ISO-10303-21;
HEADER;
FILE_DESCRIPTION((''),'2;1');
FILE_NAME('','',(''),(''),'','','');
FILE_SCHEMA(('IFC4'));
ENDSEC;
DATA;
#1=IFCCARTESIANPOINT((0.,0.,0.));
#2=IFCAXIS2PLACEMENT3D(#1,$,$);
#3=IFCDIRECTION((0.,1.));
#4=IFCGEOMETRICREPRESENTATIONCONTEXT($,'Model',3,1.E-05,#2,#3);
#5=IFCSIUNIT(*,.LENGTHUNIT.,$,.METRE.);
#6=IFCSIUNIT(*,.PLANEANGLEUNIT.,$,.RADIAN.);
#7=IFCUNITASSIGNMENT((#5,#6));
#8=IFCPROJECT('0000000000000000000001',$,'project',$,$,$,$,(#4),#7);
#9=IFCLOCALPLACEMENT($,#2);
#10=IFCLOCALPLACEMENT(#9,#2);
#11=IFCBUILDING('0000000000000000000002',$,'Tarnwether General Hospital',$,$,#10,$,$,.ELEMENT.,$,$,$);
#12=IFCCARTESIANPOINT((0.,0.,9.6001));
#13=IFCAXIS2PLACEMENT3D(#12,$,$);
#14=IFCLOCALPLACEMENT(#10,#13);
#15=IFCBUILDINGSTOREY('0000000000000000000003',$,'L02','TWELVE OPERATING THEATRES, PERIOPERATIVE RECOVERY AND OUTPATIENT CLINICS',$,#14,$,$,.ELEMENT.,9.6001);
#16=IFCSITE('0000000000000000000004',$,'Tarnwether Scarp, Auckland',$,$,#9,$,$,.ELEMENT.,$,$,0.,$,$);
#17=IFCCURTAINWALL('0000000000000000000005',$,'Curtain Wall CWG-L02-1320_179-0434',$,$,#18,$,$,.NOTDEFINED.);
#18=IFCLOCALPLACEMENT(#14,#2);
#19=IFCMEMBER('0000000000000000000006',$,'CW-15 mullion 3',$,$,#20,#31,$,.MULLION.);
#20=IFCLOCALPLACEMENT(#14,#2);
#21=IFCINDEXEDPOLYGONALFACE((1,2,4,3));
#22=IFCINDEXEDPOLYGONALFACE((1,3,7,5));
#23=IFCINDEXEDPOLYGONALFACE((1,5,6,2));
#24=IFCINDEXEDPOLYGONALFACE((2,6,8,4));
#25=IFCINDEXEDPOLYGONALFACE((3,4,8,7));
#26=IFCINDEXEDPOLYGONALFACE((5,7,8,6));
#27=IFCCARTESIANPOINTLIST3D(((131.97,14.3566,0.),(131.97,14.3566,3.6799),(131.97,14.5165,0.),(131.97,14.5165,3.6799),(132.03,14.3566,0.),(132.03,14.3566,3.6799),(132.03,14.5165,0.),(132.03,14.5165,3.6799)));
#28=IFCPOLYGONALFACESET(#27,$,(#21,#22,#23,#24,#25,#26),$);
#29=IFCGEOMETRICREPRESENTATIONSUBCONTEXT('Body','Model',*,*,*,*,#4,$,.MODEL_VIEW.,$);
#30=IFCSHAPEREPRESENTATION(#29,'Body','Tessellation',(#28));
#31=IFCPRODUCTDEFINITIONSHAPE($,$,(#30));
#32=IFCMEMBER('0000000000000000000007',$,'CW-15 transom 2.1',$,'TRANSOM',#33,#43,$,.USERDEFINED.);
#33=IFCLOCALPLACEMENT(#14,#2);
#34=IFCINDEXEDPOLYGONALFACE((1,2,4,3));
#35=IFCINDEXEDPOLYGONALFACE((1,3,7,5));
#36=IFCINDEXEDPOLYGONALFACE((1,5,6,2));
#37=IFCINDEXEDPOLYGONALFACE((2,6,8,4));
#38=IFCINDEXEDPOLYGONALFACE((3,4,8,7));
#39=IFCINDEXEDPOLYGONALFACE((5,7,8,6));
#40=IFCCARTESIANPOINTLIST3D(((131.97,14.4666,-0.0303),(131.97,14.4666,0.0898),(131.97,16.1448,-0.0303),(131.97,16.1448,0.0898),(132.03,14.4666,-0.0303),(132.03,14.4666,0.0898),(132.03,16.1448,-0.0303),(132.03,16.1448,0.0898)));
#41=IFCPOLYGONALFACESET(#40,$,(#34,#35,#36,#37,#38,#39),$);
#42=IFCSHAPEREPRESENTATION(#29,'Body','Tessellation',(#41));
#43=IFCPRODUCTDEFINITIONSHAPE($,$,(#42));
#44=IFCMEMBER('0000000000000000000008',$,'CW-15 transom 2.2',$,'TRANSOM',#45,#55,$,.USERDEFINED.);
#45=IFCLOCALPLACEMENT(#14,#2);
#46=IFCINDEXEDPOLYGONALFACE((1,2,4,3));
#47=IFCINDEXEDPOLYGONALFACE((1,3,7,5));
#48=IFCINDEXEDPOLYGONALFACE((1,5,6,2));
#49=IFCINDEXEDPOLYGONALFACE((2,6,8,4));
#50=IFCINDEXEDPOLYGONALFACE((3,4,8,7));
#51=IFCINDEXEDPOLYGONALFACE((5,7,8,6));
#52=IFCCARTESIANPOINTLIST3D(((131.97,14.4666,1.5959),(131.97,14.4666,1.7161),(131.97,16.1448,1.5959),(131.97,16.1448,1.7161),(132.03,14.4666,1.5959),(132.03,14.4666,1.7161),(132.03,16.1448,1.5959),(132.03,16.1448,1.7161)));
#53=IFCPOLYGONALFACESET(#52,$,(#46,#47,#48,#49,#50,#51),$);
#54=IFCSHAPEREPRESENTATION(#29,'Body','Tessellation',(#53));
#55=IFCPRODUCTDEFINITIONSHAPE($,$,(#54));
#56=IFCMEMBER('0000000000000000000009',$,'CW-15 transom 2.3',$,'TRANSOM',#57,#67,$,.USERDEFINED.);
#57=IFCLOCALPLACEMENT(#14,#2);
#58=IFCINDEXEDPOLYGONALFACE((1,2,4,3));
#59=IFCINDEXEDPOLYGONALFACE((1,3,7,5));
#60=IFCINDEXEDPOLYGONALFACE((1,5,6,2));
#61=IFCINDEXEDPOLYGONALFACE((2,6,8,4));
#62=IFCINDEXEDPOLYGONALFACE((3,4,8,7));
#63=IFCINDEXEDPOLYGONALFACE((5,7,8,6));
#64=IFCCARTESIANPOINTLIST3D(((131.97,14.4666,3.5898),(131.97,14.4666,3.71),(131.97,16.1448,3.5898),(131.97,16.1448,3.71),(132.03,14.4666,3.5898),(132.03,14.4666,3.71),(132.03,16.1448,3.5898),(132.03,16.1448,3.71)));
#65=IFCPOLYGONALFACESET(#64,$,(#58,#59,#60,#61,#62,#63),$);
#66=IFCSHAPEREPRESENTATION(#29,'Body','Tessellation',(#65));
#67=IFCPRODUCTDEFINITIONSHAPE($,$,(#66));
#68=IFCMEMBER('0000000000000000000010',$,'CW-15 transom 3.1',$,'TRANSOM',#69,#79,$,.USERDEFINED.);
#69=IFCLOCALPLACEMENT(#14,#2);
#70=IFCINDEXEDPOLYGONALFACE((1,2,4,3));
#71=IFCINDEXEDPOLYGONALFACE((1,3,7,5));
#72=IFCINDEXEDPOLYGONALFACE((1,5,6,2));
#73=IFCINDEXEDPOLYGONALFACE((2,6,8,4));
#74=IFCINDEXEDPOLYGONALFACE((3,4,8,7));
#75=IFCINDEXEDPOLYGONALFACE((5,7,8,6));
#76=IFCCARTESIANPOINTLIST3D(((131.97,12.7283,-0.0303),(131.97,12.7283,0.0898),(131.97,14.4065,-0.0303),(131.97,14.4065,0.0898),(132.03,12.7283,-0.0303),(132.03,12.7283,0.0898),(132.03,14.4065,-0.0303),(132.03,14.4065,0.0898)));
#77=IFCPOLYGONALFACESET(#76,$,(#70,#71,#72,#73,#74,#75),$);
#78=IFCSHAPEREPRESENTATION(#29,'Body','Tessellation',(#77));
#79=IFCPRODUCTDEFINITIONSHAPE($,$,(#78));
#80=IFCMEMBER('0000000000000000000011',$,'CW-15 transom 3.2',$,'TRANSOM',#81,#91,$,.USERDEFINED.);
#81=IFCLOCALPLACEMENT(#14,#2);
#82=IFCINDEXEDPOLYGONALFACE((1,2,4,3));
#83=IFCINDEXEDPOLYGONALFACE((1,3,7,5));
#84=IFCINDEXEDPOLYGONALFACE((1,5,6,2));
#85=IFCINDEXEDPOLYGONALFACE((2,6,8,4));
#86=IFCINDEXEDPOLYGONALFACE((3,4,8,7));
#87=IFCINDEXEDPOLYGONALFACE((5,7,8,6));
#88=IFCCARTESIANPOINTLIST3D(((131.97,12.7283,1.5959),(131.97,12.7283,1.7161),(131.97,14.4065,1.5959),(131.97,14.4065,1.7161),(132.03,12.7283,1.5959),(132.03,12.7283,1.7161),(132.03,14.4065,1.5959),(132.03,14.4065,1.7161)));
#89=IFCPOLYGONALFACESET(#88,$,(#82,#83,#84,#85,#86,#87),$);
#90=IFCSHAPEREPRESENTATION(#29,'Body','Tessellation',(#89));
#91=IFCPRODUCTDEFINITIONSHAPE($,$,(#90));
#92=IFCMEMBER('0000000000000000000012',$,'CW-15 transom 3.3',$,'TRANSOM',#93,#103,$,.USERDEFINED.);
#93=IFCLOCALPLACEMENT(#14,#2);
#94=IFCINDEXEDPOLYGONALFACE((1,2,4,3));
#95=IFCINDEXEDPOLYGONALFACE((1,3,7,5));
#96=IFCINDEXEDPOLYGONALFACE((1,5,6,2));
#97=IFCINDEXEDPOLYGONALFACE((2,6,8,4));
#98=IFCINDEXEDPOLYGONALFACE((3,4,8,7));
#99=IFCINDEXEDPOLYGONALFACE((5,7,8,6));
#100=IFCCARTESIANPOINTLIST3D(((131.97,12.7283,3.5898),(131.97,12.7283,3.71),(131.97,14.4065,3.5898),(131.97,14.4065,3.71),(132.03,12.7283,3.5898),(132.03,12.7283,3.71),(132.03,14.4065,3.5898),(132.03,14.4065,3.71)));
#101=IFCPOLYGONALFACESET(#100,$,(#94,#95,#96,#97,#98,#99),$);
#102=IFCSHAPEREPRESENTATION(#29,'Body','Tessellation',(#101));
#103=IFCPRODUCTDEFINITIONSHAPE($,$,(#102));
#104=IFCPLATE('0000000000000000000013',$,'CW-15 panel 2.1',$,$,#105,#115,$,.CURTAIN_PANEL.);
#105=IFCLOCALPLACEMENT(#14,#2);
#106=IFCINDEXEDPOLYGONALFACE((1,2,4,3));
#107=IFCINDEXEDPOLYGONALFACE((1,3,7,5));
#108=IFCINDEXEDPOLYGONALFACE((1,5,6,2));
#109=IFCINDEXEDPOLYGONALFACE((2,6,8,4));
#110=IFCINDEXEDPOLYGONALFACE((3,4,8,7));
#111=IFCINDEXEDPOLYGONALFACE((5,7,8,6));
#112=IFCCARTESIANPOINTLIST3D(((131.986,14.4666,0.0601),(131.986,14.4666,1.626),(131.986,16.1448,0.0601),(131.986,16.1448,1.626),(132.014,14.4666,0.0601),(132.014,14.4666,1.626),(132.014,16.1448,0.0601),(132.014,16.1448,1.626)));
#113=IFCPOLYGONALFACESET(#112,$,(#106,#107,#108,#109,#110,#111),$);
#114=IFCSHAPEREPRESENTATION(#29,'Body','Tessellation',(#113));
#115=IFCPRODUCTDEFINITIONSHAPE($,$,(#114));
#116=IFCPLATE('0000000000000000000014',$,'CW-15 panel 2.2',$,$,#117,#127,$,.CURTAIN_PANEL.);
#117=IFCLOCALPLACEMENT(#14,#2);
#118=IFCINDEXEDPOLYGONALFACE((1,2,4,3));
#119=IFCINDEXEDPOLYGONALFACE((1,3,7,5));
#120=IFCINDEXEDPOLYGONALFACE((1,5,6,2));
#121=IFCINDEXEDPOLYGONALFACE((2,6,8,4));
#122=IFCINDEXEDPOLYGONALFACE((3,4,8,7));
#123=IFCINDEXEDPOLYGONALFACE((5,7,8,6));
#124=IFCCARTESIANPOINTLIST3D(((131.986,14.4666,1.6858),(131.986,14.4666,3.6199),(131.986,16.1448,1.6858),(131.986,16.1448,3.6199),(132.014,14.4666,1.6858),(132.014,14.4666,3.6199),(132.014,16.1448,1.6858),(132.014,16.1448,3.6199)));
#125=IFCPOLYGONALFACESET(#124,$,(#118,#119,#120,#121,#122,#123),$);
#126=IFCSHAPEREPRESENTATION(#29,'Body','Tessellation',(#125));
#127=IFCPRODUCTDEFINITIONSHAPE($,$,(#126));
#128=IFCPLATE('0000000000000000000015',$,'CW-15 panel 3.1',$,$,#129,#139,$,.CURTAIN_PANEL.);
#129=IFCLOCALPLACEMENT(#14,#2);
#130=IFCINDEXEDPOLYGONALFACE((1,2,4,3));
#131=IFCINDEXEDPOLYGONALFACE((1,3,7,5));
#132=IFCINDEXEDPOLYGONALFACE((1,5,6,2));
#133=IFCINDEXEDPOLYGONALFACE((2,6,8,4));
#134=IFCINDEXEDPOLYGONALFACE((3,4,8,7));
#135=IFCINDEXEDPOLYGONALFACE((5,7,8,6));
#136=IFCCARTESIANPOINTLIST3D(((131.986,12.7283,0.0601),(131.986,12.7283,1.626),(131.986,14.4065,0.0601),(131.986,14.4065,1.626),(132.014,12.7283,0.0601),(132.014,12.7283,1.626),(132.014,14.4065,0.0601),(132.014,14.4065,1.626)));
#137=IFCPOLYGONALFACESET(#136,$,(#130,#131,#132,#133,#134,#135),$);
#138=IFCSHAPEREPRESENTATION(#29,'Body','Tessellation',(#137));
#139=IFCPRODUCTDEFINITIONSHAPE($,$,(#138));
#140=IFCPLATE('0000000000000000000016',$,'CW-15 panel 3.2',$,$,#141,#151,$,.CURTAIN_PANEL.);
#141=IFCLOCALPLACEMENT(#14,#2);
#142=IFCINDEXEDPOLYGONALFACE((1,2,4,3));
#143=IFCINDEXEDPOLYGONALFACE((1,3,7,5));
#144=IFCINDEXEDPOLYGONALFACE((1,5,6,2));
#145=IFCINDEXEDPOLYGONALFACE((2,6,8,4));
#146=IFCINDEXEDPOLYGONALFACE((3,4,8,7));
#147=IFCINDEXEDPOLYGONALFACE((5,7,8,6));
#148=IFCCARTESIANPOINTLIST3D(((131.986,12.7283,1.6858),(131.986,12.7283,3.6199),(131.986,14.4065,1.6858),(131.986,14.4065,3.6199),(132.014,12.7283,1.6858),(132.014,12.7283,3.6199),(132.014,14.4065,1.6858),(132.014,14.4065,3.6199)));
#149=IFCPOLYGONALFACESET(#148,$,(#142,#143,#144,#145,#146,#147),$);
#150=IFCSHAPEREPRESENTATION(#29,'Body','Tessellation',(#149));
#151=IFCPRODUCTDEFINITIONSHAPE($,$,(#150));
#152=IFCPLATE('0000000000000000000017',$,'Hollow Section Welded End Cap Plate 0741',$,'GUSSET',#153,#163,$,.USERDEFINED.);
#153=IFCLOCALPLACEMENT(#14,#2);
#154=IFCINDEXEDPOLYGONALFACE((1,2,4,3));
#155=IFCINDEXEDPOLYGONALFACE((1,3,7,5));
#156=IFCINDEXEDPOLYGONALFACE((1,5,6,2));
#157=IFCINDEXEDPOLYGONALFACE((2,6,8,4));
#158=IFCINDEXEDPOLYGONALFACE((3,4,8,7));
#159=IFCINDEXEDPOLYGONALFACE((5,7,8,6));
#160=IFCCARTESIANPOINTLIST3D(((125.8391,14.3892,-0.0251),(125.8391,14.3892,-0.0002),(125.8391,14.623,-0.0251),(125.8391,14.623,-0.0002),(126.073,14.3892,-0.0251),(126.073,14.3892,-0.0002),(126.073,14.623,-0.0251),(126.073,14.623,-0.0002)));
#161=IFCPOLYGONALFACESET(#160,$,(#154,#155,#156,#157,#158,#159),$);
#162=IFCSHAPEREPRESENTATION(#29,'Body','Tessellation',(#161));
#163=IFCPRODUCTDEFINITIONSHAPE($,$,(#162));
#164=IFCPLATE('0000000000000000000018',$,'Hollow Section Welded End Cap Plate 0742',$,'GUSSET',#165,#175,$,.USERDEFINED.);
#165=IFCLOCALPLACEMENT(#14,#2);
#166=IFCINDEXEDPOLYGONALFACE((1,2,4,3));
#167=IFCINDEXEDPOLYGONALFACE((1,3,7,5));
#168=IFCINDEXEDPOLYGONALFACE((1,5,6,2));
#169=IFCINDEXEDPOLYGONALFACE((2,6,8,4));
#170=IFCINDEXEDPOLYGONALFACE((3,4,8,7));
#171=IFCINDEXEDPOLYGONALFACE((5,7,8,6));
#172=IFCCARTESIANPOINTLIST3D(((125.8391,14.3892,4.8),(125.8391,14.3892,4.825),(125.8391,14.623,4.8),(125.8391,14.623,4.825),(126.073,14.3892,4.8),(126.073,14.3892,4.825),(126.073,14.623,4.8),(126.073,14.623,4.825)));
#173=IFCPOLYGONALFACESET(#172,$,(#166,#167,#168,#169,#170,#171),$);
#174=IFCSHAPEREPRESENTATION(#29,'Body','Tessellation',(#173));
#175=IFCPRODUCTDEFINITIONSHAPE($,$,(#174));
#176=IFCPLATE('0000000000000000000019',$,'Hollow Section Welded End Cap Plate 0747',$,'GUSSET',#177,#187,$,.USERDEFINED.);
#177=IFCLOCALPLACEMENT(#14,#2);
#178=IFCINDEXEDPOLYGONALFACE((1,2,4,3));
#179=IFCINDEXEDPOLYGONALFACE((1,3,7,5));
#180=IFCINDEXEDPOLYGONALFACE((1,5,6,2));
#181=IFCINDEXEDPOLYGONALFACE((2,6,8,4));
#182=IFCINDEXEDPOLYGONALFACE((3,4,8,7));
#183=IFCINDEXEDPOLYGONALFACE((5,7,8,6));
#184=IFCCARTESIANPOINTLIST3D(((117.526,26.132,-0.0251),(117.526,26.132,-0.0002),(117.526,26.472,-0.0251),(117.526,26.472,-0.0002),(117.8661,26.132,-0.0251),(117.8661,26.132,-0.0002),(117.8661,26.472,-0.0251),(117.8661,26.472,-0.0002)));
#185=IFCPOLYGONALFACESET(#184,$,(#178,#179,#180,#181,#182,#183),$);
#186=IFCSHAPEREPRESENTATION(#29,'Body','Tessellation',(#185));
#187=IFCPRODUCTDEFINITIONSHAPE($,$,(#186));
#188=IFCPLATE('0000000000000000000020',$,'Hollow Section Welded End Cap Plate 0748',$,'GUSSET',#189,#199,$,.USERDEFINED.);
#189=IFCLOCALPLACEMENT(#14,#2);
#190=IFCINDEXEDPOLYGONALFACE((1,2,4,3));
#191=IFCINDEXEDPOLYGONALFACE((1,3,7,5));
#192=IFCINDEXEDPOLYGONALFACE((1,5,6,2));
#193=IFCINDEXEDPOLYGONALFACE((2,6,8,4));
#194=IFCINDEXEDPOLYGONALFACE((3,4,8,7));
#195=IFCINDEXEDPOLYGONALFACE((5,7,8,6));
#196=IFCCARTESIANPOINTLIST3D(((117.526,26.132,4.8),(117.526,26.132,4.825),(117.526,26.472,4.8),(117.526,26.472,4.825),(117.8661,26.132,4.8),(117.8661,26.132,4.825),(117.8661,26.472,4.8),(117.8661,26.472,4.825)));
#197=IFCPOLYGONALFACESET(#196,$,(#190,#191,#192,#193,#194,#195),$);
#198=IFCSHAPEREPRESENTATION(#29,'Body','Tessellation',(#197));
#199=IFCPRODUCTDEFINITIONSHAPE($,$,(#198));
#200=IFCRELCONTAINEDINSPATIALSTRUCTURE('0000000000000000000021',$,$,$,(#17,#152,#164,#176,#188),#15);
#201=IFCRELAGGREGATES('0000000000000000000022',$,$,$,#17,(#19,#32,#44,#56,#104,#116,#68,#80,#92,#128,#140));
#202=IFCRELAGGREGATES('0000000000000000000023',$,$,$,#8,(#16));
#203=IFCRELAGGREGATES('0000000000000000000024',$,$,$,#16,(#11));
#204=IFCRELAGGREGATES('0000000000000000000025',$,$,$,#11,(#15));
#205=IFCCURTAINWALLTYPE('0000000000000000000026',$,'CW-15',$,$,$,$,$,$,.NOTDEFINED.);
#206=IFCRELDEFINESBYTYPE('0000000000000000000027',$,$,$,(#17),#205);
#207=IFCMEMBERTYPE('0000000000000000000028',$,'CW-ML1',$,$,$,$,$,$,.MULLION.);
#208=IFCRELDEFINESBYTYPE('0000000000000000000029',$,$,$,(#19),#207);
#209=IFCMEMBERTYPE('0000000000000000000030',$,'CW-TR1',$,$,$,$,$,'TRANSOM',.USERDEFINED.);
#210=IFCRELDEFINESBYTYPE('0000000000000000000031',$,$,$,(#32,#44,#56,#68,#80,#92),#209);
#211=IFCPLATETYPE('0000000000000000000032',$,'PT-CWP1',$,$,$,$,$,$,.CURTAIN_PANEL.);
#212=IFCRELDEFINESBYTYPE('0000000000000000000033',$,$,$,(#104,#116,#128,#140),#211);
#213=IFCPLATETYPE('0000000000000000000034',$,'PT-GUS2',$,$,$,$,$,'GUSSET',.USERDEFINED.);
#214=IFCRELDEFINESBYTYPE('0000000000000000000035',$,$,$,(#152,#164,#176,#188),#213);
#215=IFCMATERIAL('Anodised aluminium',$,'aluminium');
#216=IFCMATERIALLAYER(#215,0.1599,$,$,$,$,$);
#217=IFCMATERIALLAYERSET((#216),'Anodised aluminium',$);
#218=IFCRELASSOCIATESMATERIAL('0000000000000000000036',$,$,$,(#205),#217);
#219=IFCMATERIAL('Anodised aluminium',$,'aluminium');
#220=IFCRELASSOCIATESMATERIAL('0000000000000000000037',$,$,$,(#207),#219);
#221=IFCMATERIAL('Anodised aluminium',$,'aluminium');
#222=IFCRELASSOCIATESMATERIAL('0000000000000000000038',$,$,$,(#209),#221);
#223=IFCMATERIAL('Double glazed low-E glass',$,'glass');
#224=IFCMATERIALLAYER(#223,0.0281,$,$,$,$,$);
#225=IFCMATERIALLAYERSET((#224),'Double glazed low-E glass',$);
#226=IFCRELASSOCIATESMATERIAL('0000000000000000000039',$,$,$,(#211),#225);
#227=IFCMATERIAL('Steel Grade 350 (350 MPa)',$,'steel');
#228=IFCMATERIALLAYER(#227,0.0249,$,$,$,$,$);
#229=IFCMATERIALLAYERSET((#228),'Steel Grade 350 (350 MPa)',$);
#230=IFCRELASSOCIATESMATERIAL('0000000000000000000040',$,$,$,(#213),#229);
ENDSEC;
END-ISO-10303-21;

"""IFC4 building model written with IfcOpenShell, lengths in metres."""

from ifc_helpers import new_model, si_unit, direction, frame, origin, origin_2d, place, context, subcontext, project, spatial, rectangle, extrude, material, layer, layer_set, material_profile, profile_set, type_object, element, aggregate, save


model = new_model("IFC4")

# Units and contexts
model_context = context("Model", 3, precision=1e-05, world=origin(), true_north=direction((0.0, 1.0)))
body_context = subcontext(model_context, "Body", "Model", "MODEL_VIEW")
ifc_project = project(units=[si_unit("LENGTHUNIT", "METRE"), si_unit("PLANEANGLEUNIT", "RADIAN")], contexts=[model_context])

# Site, building, storey
site_placement = place(None, origin())
site = spatial("IfcSite", under=ifc_project, at=site_placement, Name="Tarnwether Scarp, Auckland", CompositionType="ELEMENT", RefElevation=0.0)
building_placement = place(site_placement, origin())
building = spatial("IfcBuilding", under=site, at=building_placement, Name="Tarnwether General Hospital", CompositionType="ELEMENT")
storey_placement = place(building_placement, frame((0.0, 0.0, 9.6001)))
storey = spatial("IfcBuildingStorey", under=building, at=storey_placement, Name="L02", Description="TWELVE OPERATING THEATRES, PERIOPERATIVE RECOVERY AND OUTPATIENT CLINICS", CompositionType="ELEMENT", Elevation=9.6001)

# Curtain wall, members, plates
ifc_material_1 = material(Name="Anodised aluminium", Category="aluminium")
ifc_layer_1 = layer(ifc_material_1, 0.1599)
ifc_layer_set_1 = layer_set([ifc_layer_1], Name="Anodised aluminium")
curtain_wall_type = type_object("IfcCurtainWallType", Name="CW-15", PredefinedType="NOTDEFINED", material=ifc_layer_set_1)
curtain_wall_placement = place(storey_placement, origin())
curtain_wall = element("IfcCurtainWall", 1, at=curtain_wall_placement, inside=storey, type_object=curtain_wall_type, Name="Curtain Wall CWG-L02-1320_179-0434", PredefinedType="NOTDEFINED")
ifc_material_2 = material(Name="Anodised aluminium", Category="aluminium")
ifc_material_profile_1 = material_profile(ifc_material_2, rectangle(XDim=0.0601, YDim=0.1599, at=origin_2d()), Name="ALU-MUL-60x160")
ifc_profile_set_1 = profile_set([ifc_material_profile_1], Name="Anodised aluminium")
member_type_1 = type_object("IfcMemberType", Name="CW-ML1", PredefinedType="MULLION", material=ifc_profile_set_1)
member_1_placement = place(storey_placement, frame((132.0, 14.4365, 0.0), z_axis=(0.0, 0.0, 1.0), x_axis=(1.0, 0.0, 0.0)))
member_1 = element("IfcMember", 2, at=member_1_placement, type_object=member_type_1, Name="CW-15 mullion 3", PredefinedType="MULLION", context=body_context, shape_type="SweptSolid", body=[
    extrude(rectangle(XDim=0.0601, YDim=0.1599, at=origin_2d()), origin(), (0.0, 0.0, 1.0), 3.6799),
])
ifc_material_3 = material(Name="Anodised aluminium", Category="aluminium")
ifc_material_profile_2 = material_profile(ifc_material_3, rectangle(XDim=0.0601, YDim=0.1201, at=origin_2d()), Name="ALU-TRN-60x120")
ifc_profile_set_2 = profile_set([ifc_material_profile_2], Name="Anodised aluminium")
member_type_2 = type_object("IfcMemberType", Name="CW-TR1", ElementType="TRANSOM", PredefinedType="USERDEFINED", material=ifc_profile_set_2)
member_2_placement = place(storey_placement, frame((132.0, 16.1448, 0.0298), z_axis=(0.0, -1.0, 0.0), x_axis=(1.0, 0.0, 0.0)))
member_2 = element("IfcMember", 3, at=member_2_placement, type_object=member_type_2, Name="CW-15 transom 2.1", ObjectType="TRANSOM", PredefinedType="USERDEFINED", context=body_context, shape_type="SweptSolid", body=[
    extrude(rectangle(XDim=0.0601, YDim=0.1201, at=origin_2d()), origin(), (0.0, 0.0, 1.0), 1.6782),
])
member_3_placement = place(storey_placement, frame((132.0, 16.1448, 1.656), z_axis=(0.0, -1.0, 0.0), x_axis=(1.0, 0.0, 0.0)))
member_3 = element("IfcMember", 4, at=member_3_placement, type_object=member_type_2, Name="CW-15 transom 2.2", ObjectType="TRANSOM", PredefinedType="USERDEFINED", context=body_context, shape_type="SweptSolid", body=[
    extrude(rectangle(XDim=0.0601, YDim=0.1201, at=origin_2d()), origin(), (0.0, 0.0, 1.0), 1.6782),
])
member_4_placement = place(storey_placement, frame((132.0, 16.1448, 3.6499), z_axis=(0.0, -1.0, 0.0), x_axis=(1.0, 0.0, 0.0)))
member_4 = element("IfcMember", 5, at=member_4_placement, type_object=member_type_2, Name="CW-15 transom 2.3", ObjectType="TRANSOM", PredefinedType="USERDEFINED", context=body_context, shape_type="SweptSolid", body=[
    extrude(rectangle(XDim=0.0601, YDim=0.1201, at=origin_2d()), origin(), (0.0, 0.0, 1.0), 1.6782),
])
member_5_placement = place(storey_placement, frame((132.0, 14.4065, 0.0298), z_axis=(0.0, -1.0, 0.0), x_axis=(1.0, 0.0, 0.0)))
member_5 = element("IfcMember", 6, at=member_5_placement, type_object=member_type_2, Name="CW-15 transom 3.1", ObjectType="TRANSOM", PredefinedType="USERDEFINED", context=body_context, shape_type="SweptSolid", body=[
    extrude(rectangle(XDim=0.0601, YDim=0.1201, at=origin_2d()), origin(), (0.0, 0.0, 1.0), 1.6782),
])
member_6_placement = place(storey_placement, frame((132.0, 14.4065, 1.656), z_axis=(0.0, -1.0, 0.0), x_axis=(1.0, 0.0, 0.0)))
member_6 = element("IfcMember", 7, at=member_6_placement, type_object=member_type_2, Name="CW-15 transom 3.2", ObjectType="TRANSOM", PredefinedType="USERDEFINED", context=body_context, shape_type="SweptSolid", body=[
    extrude(rectangle(XDim=0.0601, YDim=0.1201, at=origin_2d()), origin(), (0.0, 0.0, 1.0), 1.6782),
])
member_7_placement = place(storey_placement, frame((132.0, 14.4065, 3.6499), z_axis=(0.0, -1.0, 0.0), x_axis=(1.0, 0.0, 0.0)))
member_7 = element("IfcMember", 8, at=member_7_placement, type_object=member_type_2, Name="CW-15 transom 3.3", ObjectType="TRANSOM", PredefinedType="USERDEFINED", context=body_context, shape_type="SweptSolid", body=[
    extrude(rectangle(XDim=0.0601, YDim=0.1201, at=origin_2d()), origin(), (0.0, 0.0, 1.0), 1.6782),
])
ifc_material_4 = material(Name="Double glazed low-E glass", Category="glass")
ifc_layer_2 = layer(ifc_material_4, 0.0281)
ifc_layer_set_2 = layer_set([ifc_layer_2], Name="Double glazed low-E glass")
plate_type_1 = type_object("IfcPlateType", Name="PT-CWP1", PredefinedType="CURTAIN_PANEL", material=ifc_layer_set_2)
plate_1_placement = place(storey_placement, frame((132.0, 15.3057, 0.0601), z_axis=(0.0, 0.0, 1.0), x_axis=(0.0, -1.0, 0.0)))
plate_1 = element("IfcPlate", 9, at=plate_1_placement, type_object=plate_type_1, Name="CW-15 panel 2.1", PredefinedType="CURTAIN_PANEL", context=body_context, shape_type="SweptSolid", body=[
    extrude(rectangle(XDim=1.6782, YDim=0.0281, at=origin_2d()), origin(), (0.0, 0.0, 1.0), 1.5659),
])
plate_2_placement = place(storey_placement, frame((132.0, 15.3057, 1.6858), z_axis=(0.0, 0.0, 1.0), x_axis=(0.0, -1.0, 0.0)))
plate_2 = element("IfcPlate", 10, at=plate_2_placement, type_object=plate_type_1, Name="CW-15 panel 2.2", PredefinedType="CURTAIN_PANEL", context=body_context, shape_type="SweptSolid", body=[
    extrude(rectangle(XDim=1.6782, YDim=0.0281, at=origin_2d()), origin(), (0.0, 0.0, 1.0), 1.9341),
])
plate_3_placement = place(storey_placement, frame((132.0, 13.5674, 0.0601), z_axis=(0.0, 0.0, 1.0), x_axis=(0.0, -1.0, 0.0)))
plate_3 = element("IfcPlate", 11, at=plate_3_placement, type_object=plate_type_1, Name="CW-15 panel 3.1", PredefinedType="CURTAIN_PANEL", context=body_context, shape_type="SweptSolid", body=[
    extrude(rectangle(XDim=1.6782, YDim=0.0281, at=origin_2d()), origin(), (0.0, 0.0, 1.0), 1.5659),
])
plate_4_placement = place(storey_placement, frame((132.0, 13.5674, 1.6858), z_axis=(0.0, 0.0, 1.0), x_axis=(0.0, -1.0, 0.0)))
plate_4 = element("IfcPlate", 12, at=plate_4_placement, type_object=plate_type_1, Name="CW-15 panel 3.2", PredefinedType="CURTAIN_PANEL", context=body_context, shape_type="SweptSolid", body=[
    extrude(rectangle(XDim=1.6782, YDim=0.0281, at=origin_2d()), origin(), (0.0, 0.0, 1.0), 1.9341),
])
aggregate(curtain_wall, [member_1, member_2, member_3, member_4, plate_1, plate_2, member_5, member_6, member_7, plate_3, plate_4])

# Plates
ifc_material_5 = material(Name="Steel Grade 350 (350 MPa)", Category="steel")
ifc_layer_3 = layer(ifc_material_5, 0.0249)
ifc_layer_set_3 = layer_set([ifc_layer_3], Name="Steel Grade 350 (350 MPa)")
plate_type_2 = type_object("IfcPlateType", Name="PT-GUS2", ElementType="GUSSET", PredefinedType="USERDEFINED", material=ifc_layer_set_3)
for number, where, z_axis, x_axis, name in (
    (13, (125.9561, 14.5061, -0.0251), (0.0, 0.0, 1.0), (1.0, 0.0, 0.0), "Hollow Section Welded End Cap Plate 0741"),
    (14, (125.9561, 14.5061, 4.8), (0.0, 0.0, 1.0), (1.0, 0.0, 0.0), "Hollow Section Welded End Cap Plate 0742"),
):
    element("IfcPlate", number, at=place(storey_placement, frame(where, z_axis=z_axis, x_axis=x_axis)), inside=storey, type_object=plate_type_2, Name=name, ObjectType="GUSSET", PredefinedType="USERDEFINED", context=body_context, shape_type="SweptSolid", body=[
        extrude(rectangle(XDim=0.2339, YDim=0.2339, at=origin_2d()), origin(), (0.0, 0.0, 1.0), 0.0249),
    ])
for number, where, z_axis, x_axis, name in (
    (15, (117.696, 26.302, -0.0251), (0.0, 0.0, 1.0), (1.0, 0.0, 0.0), "Hollow Section Welded End Cap Plate 0747"),
    (16, (117.696, 26.302, 4.8), (0.0, 0.0, 1.0), (1.0, 0.0, 0.0), "Hollow Section Welded End Cap Plate 0748"),
):
    element("IfcPlate", number, at=place(storey_placement, frame(where, z_axis=z_axis, x_axis=x_axis)), inside=storey, type_object=plate_type_2, Name=name, ObjectType="GUSSET", PredefinedType="USERDEFINED", context=body_context, shape_type="SweptSolid", body=[
        extrude(rectangle(XDim=0.3401, YDim=0.3401, at=origin_2d()), origin(), (0.0, 0.0, 1.0), 0.0249),
    ])

save(model, "model.ifc")
